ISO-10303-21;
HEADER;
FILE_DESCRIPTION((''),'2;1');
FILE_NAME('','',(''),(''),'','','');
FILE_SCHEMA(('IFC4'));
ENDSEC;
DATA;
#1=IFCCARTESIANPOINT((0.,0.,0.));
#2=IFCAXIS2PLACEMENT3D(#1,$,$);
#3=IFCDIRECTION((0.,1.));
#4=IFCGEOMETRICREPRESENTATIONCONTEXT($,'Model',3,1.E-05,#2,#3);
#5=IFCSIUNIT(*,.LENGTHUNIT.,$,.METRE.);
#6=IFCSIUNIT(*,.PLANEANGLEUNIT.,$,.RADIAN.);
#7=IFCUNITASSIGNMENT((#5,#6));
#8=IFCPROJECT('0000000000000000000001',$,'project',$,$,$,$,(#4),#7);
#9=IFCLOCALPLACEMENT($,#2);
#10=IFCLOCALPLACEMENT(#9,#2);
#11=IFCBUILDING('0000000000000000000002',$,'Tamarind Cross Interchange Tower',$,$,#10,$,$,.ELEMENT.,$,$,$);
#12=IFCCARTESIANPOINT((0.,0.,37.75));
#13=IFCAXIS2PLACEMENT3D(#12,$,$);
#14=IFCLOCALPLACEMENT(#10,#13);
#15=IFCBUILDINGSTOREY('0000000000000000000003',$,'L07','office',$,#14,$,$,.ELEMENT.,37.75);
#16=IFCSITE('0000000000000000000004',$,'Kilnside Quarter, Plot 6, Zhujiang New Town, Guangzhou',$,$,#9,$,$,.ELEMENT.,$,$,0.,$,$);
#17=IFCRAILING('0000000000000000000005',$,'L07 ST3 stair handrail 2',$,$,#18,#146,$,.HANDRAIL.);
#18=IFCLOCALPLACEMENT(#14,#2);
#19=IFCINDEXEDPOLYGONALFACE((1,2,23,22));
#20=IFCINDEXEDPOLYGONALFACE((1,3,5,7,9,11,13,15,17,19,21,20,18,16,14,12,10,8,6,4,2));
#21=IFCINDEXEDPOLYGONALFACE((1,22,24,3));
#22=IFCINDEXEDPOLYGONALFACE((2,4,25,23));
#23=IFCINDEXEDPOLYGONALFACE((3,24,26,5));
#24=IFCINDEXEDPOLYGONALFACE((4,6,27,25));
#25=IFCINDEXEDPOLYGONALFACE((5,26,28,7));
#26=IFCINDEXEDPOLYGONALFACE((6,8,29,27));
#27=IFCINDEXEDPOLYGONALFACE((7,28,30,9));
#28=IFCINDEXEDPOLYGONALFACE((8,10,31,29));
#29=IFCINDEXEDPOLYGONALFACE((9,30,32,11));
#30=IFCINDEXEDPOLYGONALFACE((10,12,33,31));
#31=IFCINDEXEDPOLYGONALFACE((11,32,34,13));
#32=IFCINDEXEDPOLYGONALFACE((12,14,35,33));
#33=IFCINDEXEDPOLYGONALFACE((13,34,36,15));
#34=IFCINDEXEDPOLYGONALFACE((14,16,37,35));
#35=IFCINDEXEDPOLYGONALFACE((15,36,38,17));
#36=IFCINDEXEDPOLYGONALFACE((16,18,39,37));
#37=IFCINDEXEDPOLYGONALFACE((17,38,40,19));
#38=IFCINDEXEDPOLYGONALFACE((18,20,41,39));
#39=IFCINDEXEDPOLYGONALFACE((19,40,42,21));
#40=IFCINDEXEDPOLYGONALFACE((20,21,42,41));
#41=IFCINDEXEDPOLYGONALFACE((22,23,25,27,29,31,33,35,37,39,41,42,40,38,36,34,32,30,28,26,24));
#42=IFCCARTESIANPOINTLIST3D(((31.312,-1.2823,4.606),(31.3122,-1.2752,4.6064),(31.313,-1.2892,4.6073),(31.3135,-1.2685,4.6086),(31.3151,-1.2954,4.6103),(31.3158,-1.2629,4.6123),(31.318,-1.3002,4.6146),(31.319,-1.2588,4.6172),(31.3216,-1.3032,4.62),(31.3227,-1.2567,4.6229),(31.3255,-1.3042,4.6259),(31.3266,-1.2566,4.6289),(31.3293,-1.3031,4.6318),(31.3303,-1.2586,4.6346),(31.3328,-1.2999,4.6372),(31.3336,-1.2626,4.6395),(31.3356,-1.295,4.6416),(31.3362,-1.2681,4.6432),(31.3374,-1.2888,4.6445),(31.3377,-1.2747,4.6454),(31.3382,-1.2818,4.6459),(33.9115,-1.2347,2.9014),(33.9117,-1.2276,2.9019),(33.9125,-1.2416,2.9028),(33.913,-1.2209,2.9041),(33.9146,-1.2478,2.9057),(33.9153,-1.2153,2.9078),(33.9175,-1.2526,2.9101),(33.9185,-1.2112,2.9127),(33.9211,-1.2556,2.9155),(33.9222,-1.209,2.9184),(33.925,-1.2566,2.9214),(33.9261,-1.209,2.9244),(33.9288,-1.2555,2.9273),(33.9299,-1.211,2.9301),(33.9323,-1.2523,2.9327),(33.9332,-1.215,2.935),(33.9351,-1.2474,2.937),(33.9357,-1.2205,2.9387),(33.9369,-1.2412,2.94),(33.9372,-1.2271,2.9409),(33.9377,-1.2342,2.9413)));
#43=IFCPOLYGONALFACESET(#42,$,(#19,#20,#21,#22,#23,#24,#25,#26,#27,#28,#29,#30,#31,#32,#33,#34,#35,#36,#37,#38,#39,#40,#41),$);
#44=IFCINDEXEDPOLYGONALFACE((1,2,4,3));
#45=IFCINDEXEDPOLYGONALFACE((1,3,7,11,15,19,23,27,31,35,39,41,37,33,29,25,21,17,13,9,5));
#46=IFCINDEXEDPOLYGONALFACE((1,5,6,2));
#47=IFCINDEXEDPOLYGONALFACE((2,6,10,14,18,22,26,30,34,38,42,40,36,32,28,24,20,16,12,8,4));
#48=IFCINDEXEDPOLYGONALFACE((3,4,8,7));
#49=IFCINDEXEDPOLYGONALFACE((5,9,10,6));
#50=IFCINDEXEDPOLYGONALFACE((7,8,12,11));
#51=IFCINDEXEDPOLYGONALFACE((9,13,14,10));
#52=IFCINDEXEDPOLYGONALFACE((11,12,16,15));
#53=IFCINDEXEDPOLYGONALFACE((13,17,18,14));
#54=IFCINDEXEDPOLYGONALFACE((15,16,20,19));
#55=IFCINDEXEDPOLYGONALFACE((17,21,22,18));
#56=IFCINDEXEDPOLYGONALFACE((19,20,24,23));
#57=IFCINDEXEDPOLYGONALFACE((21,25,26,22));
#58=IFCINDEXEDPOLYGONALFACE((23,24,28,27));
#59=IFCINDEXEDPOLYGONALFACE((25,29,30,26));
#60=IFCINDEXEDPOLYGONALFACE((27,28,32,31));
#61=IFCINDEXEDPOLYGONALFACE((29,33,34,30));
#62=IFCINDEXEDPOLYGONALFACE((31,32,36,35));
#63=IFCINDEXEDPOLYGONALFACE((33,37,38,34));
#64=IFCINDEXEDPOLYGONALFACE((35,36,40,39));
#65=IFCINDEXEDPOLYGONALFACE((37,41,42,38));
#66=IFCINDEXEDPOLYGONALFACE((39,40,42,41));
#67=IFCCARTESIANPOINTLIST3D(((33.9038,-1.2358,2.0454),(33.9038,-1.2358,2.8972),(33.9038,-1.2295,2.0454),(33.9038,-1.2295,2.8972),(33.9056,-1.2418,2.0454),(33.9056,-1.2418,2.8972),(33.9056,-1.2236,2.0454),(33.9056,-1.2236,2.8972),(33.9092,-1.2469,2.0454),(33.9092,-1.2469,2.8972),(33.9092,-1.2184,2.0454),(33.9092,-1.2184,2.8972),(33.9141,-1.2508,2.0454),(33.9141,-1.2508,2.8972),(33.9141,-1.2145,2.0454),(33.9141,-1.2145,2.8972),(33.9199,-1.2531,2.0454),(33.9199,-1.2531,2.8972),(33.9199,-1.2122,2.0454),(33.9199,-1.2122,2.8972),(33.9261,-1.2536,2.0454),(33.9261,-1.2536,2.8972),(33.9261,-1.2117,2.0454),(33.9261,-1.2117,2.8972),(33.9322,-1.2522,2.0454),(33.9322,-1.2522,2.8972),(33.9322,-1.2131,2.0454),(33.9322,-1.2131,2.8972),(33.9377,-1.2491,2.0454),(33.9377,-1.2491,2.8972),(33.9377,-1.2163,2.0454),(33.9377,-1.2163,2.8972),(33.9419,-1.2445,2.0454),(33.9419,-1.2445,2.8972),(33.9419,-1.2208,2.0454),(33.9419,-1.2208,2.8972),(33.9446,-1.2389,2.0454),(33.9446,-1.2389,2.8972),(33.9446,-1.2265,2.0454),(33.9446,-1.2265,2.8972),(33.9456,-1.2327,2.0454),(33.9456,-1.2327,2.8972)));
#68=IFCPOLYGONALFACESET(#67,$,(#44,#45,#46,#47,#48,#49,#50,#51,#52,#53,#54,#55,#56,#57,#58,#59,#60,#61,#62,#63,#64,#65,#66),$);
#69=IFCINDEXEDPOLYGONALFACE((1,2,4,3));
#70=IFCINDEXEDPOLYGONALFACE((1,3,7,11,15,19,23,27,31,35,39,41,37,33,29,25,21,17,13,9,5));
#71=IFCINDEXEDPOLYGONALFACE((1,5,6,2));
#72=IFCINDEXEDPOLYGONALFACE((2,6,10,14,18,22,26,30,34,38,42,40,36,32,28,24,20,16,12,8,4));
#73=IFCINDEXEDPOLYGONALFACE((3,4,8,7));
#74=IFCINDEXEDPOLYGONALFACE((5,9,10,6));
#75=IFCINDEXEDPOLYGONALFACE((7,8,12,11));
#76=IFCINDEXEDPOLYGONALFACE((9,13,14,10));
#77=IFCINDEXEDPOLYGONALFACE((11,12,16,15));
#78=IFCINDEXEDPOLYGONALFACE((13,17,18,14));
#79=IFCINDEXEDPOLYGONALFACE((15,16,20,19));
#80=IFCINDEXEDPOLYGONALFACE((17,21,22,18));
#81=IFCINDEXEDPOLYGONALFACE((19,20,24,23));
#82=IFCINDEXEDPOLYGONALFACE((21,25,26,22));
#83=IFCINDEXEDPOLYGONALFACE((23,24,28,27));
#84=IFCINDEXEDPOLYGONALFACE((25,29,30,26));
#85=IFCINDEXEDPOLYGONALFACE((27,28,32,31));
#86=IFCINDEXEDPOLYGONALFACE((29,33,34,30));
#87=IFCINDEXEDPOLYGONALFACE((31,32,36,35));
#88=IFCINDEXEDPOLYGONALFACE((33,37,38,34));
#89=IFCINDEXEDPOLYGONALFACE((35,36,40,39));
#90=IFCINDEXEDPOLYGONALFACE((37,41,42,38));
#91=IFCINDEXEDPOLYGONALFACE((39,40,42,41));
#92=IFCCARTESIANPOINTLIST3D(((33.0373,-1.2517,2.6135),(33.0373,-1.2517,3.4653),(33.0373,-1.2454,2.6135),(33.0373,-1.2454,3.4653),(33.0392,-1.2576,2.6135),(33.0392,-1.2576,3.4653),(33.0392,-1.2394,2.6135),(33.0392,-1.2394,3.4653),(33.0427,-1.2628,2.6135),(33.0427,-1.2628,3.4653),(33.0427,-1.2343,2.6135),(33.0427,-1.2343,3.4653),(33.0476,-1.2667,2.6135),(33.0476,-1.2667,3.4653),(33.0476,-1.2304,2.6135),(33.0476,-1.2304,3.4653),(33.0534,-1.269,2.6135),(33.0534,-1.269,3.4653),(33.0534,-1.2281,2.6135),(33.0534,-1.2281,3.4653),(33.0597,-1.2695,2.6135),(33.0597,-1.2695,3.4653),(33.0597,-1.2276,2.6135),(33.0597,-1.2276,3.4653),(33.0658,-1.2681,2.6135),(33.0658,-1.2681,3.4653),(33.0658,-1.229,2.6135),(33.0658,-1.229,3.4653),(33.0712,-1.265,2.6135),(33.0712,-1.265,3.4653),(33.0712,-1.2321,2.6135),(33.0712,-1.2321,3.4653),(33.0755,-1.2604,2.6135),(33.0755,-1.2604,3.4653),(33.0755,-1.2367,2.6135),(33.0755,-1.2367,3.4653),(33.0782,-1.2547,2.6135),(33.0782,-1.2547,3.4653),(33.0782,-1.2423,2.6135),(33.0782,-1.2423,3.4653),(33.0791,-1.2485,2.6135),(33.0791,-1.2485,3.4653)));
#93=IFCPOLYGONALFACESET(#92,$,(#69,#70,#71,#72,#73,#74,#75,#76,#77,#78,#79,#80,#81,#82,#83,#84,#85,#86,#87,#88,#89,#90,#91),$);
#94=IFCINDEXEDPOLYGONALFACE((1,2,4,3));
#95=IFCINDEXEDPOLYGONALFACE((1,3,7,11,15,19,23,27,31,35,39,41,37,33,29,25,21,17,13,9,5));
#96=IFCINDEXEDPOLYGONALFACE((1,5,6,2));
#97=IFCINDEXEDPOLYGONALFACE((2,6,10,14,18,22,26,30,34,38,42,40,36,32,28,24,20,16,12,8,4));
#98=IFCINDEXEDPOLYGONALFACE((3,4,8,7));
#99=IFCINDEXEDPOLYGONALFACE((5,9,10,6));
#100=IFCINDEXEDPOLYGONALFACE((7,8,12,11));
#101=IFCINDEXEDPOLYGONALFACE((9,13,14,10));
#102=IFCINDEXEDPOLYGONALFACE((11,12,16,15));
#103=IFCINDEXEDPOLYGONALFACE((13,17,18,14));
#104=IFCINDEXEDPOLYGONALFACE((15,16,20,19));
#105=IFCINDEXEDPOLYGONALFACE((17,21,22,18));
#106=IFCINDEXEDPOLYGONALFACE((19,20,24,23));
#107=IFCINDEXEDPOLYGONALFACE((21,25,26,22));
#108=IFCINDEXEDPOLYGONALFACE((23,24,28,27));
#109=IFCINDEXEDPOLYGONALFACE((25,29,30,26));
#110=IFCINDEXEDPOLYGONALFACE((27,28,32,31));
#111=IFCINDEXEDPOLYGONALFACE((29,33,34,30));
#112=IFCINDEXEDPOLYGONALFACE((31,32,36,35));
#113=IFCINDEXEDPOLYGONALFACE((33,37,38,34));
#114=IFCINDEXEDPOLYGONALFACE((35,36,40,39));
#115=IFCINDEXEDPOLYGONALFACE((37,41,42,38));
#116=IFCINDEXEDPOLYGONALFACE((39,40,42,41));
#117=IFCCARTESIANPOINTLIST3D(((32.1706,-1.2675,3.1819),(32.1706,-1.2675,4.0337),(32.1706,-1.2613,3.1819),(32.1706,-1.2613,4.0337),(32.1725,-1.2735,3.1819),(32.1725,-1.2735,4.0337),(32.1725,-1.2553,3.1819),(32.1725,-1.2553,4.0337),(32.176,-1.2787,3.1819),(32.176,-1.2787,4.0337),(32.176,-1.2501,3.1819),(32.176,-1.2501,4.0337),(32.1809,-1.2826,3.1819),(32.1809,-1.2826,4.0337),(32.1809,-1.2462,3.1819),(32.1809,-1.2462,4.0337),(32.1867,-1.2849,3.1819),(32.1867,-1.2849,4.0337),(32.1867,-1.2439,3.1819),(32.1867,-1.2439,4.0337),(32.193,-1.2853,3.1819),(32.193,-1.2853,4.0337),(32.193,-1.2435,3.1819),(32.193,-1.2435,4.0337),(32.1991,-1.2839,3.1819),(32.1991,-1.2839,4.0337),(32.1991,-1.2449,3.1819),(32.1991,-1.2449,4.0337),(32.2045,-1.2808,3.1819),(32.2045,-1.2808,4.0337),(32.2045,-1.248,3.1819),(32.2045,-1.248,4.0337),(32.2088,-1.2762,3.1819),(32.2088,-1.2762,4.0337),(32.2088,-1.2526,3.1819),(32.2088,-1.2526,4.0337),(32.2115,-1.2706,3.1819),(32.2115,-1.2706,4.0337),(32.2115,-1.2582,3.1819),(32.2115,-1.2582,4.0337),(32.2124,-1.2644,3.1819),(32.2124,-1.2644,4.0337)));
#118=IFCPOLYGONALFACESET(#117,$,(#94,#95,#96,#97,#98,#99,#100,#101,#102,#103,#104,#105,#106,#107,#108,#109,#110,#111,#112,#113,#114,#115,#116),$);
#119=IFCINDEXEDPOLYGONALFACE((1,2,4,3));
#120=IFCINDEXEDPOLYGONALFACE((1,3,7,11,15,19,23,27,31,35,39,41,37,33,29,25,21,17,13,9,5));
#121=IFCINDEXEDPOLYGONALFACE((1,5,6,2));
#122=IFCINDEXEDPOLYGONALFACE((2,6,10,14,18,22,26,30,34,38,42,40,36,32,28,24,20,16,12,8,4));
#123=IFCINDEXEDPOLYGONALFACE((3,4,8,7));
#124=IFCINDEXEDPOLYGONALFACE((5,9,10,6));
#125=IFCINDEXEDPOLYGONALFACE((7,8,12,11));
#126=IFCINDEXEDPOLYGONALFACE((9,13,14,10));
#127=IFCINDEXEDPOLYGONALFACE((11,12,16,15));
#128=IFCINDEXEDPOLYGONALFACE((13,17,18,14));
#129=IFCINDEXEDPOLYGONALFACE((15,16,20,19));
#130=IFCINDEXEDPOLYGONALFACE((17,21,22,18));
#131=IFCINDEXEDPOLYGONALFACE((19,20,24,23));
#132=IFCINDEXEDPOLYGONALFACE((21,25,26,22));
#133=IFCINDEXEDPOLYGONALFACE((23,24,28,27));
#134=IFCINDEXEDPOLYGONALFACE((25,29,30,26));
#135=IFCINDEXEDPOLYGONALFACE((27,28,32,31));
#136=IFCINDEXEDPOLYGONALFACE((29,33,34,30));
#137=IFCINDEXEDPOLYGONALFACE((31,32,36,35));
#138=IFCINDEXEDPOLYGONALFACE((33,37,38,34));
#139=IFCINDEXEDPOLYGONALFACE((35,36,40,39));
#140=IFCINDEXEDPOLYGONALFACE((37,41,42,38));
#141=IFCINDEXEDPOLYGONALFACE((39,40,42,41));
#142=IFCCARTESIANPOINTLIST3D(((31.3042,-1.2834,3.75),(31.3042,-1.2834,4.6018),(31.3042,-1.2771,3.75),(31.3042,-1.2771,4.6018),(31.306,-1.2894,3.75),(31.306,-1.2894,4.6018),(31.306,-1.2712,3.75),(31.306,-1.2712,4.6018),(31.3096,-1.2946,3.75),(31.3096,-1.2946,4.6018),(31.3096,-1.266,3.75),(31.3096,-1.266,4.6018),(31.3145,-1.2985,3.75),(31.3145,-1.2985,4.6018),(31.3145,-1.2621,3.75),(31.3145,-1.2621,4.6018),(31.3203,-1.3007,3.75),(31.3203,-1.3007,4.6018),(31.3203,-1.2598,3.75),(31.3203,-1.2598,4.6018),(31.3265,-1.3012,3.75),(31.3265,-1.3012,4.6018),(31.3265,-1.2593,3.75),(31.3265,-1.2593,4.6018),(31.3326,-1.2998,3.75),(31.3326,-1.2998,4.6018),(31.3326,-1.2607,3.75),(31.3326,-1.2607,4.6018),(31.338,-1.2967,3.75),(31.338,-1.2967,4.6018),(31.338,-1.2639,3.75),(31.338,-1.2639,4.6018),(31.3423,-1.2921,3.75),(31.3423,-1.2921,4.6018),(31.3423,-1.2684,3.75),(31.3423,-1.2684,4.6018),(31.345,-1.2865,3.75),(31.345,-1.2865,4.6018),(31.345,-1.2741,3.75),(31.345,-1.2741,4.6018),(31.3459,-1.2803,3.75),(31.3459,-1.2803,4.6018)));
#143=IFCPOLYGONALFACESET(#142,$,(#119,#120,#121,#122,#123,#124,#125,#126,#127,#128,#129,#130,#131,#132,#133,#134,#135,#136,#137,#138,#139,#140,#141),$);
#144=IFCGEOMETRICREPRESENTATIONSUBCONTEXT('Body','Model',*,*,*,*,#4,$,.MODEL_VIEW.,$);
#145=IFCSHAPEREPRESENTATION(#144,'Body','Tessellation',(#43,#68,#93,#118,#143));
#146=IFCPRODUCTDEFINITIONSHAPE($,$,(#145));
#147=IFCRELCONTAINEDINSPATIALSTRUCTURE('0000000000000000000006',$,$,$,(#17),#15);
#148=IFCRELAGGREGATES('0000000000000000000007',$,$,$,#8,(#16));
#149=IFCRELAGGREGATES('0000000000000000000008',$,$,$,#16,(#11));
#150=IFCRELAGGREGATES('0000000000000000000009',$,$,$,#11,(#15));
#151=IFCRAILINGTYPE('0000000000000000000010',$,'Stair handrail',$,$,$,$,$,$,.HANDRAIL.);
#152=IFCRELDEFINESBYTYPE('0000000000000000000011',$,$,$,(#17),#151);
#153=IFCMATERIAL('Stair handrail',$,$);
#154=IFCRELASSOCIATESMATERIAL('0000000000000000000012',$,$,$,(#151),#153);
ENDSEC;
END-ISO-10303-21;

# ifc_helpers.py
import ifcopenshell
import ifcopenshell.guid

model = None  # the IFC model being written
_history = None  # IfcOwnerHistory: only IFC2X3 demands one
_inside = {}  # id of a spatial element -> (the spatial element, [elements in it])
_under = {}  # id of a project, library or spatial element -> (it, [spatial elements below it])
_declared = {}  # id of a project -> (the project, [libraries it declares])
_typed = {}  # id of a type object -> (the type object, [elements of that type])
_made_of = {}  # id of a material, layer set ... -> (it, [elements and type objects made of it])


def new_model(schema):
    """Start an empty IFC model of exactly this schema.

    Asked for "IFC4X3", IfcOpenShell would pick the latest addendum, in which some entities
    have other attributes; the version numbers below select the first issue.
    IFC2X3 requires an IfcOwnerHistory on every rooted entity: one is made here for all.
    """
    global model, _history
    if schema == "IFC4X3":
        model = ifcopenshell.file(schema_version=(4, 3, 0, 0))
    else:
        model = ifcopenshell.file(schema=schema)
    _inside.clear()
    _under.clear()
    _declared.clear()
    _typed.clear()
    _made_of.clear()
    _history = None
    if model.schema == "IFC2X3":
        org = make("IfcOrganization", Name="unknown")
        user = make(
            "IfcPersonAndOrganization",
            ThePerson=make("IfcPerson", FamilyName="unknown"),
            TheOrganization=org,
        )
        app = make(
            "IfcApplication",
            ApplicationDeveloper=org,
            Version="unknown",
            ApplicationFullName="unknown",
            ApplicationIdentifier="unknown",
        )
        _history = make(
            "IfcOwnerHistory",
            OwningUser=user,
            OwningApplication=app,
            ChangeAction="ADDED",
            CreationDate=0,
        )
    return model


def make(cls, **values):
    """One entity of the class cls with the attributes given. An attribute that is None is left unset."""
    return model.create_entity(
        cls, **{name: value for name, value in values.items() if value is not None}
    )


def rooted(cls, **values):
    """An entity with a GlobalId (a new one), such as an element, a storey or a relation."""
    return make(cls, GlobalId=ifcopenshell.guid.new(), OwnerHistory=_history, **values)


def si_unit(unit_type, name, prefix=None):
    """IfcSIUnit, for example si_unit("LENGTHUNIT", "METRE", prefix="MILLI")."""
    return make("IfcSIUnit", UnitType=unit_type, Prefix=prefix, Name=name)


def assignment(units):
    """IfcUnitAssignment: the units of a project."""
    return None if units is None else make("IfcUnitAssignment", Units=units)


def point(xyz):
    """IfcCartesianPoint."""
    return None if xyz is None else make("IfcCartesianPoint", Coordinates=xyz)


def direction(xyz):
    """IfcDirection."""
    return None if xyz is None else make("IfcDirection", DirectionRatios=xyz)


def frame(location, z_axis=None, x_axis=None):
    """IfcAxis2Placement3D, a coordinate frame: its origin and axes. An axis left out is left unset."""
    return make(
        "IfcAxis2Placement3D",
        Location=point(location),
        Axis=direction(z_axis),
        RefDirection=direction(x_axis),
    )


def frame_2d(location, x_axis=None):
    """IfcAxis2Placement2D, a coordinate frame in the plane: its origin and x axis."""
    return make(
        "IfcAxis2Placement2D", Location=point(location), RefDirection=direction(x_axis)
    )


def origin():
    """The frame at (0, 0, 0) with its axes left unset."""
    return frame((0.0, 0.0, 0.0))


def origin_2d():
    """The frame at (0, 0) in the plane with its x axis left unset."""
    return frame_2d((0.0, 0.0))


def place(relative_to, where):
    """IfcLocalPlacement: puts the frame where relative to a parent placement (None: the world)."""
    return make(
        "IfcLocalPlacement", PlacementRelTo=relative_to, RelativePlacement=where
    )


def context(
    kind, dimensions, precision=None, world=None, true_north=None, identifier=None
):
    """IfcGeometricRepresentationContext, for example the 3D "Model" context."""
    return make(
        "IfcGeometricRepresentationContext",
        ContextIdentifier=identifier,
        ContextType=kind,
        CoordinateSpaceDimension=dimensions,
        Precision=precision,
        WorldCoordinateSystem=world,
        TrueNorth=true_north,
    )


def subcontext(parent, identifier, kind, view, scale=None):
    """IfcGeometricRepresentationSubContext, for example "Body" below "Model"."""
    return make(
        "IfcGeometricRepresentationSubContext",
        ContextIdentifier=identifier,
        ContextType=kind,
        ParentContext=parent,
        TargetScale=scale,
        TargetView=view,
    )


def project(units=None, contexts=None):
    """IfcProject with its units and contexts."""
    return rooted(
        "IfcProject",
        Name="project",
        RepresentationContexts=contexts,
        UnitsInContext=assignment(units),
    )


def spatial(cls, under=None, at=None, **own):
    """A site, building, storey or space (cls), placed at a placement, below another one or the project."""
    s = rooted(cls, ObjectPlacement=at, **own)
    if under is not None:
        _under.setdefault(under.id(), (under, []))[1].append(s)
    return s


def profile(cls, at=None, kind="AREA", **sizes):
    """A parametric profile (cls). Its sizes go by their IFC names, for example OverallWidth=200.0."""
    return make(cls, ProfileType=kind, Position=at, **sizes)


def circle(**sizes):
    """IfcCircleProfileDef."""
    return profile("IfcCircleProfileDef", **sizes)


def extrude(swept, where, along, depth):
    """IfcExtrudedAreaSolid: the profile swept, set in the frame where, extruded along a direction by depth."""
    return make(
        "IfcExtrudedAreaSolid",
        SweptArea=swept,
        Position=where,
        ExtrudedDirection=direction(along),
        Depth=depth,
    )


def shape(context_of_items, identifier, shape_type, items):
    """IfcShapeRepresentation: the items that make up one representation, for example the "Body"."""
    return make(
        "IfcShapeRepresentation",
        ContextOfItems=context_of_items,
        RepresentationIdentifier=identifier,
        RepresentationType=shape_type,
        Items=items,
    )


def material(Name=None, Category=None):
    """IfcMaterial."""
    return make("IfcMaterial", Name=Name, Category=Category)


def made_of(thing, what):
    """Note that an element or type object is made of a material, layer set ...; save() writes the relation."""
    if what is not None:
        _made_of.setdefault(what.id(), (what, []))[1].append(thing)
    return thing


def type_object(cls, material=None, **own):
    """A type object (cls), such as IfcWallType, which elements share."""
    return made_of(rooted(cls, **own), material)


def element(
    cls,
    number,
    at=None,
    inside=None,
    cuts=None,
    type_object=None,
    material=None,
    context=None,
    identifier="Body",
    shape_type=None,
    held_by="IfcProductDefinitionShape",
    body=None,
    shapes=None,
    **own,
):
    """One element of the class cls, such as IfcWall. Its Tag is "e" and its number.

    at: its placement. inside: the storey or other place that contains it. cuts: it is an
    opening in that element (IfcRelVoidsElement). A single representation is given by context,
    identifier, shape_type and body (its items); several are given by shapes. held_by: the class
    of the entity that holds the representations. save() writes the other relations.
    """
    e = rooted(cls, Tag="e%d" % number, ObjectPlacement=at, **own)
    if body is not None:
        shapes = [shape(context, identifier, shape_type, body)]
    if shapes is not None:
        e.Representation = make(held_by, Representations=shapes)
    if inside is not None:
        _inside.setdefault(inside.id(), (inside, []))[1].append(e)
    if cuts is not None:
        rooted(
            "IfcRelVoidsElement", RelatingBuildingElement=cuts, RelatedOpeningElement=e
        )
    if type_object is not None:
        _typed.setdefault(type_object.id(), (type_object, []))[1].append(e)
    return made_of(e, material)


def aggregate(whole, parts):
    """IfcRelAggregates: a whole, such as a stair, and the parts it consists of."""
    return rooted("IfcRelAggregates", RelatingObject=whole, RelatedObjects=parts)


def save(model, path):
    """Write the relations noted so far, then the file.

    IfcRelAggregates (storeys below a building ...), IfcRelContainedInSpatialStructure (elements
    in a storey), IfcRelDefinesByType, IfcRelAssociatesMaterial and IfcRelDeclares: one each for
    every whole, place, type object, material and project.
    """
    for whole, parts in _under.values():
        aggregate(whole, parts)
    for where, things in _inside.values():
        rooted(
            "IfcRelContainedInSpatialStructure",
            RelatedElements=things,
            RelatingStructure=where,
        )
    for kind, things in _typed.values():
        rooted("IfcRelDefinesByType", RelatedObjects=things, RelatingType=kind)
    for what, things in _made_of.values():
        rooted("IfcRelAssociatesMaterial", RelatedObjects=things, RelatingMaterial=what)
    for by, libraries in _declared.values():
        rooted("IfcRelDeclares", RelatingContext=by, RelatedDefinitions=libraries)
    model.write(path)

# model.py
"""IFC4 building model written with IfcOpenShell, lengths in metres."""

from ifc_helpers import new_model, si_unit, direction, frame, origin, origin_2d, place, context, subcontext, project, spatial, circle, extrude, material, type_object, element, save


model = new_model("IFC4")

# Units and contexts
model_context = context("Model", 3, precision=1e-05, world=origin(), true_north=direction((0.0, 1.0)))
body_context = subcontext(model_context, "Body", "Model", "MODEL_VIEW")
ifc_project = project(units=[si_unit("LENGTHUNIT", "METRE"), si_unit("PLANEANGLEUNIT", "RADIAN")], contexts=[model_context])

# Site, building, storey
site_placement = place(None, origin())
site = spatial("IfcSite", under=ifc_project, at=site_placement, Name="Kilnside Quarter, Plot 6, Zhujiang New Town, Guangzhou", CompositionType="ELEMENT", RefElevation=0.0)
building_placement = place(site_placement, origin())
building = spatial("IfcBuilding", under=site, at=building_placement, Name="Tamarind Cross Interchange Tower", CompositionType="ELEMENT")
storey_placement = place(building_placement, frame((0.0, 0.0, 37.75)))
storey = spatial("IfcBuildingStorey", under=building, at=storey_placement, Name="L07", Description="office", CompositionType="ELEMENT", Elevation=37.75)

# Railing
ifc_material_1 = material(Name="Stair handrail")
railing_type_1 = type_object("IfcRailingType", Name="Stair handrail", PredefinedType="HANDRAIL", material=ifc_material_1)
railing_1_placement = place(storey_placement, frame((33.9246, -1.2327, 2.0454)))
element("IfcRailing", 1, at=railing_1_placement, inside=storey, type_object=railing_type_1, Name="L07 ST3 stair handrail 2", PredefinedType="HANDRAIL", context=body_context, shape_type="SweptSolid", body=[
    extrude(circle(Radius=0.0239, at=origin_2d()), frame((0.0, 0.0, 0.876), z_axis=(-0.836157, -0.015313, 0.548276), x_axis=(0.01831, -0.999832, 0.0)), (0.0, 0.0, 1.0), 3.1089),
    extrude(circle(Radius=0.021, at=origin_2d()), origin(), (0.0, 0.0, 1.0), 0.8518),
    extrude(circle(Radius=0.021, at=origin_2d()), frame((-0.8665, -0.0159, 0.5681)), (0.0, 0.0, 1.0), 0.8518),
    extrude(circle(Radius=0.021, at=origin_2d()), frame((-1.7332, -0.0317, 1.1365)), (0.0, 0.0, 1.0), 0.8518),
    extrude(circle(Radius=0.021, at=origin_2d()), frame((-2.5996, -0.0476, 1.7046)), (0.0, 0.0, 1.0), 0.8518),
])

save(model, "model.ifc")
